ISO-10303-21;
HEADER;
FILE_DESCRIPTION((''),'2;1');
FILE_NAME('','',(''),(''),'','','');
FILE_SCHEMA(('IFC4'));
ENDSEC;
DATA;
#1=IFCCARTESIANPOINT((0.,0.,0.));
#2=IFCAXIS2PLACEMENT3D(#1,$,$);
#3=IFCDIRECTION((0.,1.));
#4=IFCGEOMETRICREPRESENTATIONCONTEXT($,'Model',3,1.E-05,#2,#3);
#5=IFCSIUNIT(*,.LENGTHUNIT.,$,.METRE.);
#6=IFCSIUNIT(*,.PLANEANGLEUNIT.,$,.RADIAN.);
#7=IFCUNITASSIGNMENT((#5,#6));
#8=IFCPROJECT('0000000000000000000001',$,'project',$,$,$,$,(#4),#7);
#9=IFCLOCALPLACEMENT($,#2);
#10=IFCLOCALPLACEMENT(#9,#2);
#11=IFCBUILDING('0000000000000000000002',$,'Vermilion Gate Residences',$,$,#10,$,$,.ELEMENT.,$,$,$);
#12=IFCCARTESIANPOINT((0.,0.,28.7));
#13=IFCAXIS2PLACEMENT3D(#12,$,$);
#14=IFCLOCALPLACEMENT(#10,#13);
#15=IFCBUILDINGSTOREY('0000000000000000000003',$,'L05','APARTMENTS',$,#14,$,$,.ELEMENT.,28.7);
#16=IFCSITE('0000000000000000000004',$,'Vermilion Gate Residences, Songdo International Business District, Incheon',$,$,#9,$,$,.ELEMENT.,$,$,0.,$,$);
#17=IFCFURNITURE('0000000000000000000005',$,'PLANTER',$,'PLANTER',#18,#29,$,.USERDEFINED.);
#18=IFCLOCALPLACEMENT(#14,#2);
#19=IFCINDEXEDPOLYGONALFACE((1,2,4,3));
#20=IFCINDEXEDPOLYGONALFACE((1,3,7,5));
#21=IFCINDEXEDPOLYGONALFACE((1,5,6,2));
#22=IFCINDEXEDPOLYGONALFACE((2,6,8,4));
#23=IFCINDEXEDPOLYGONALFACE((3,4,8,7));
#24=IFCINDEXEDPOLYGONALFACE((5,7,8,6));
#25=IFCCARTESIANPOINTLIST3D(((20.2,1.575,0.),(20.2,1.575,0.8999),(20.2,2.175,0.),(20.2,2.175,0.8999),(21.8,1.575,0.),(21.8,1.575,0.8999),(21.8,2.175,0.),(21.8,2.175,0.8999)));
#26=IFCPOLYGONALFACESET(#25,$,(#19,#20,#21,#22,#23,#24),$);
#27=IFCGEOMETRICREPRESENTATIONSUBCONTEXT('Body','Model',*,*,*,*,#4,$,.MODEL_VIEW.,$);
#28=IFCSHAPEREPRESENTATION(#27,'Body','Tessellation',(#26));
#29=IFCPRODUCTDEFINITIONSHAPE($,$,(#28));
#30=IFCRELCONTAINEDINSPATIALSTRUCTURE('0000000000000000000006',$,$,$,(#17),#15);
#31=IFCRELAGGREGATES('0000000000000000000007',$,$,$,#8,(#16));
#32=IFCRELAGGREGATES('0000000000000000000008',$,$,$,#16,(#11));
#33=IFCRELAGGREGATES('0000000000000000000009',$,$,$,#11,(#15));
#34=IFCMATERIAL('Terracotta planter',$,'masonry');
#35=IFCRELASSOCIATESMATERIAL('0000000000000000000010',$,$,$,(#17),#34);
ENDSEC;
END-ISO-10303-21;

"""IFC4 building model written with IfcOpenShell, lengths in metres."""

from ifc_helpers import new_model, si_unit, direction, frame, origin, origin_2d, place, context, subcontext, project, spatial, rectangle, extrude, material, element, save


model = new_model("IFC4")

# Units and contexts
model_context = context("Model", 3, precision=1e-05, world=origin(), true_north=direction((0.0, 1.0)))
body_context = subcontext(model_context, "Body", "Model", "MODEL_VIEW")
ifc_project = project(units=[si_unit("LENGTHUNIT", "METRE"), si_unit("PLANEANGLEUNIT", "RADIAN")], contexts=[model_context])

# Site, building, storey
site_placement = place(None, origin())
site = spatial("IfcSite", under=ifc_project, at=site_placement, Name="Vermilion Gate Residences, Songdo International Business District, Incheon", CompositionType="ELEMENT", RefElevation=0.0)
building_placement = place(site_placement, origin())
building = spatial("IfcBuilding", under=site, at=building_placement, Name="Vermilion Gate Residences", CompositionType="ELEMENT")
storey_placement = place(building_placement, frame((0.0, 0.0, 28.7)))
storey = spatial("IfcBuildingStorey", under=building, at=storey_placement, Name="L05", Description="APARTMENTS", CompositionType="ELEMENT", Elevation=28.7)

# Furniture
ifc_material_1 = material(Name="Terracotta planter", Category="masonry")
furniture_placement = place(storey_placement, frame((21.0, 1.875, 0.0), z_axis=(0.0, 0.0, 1.0), x_axis=(1.0, 0.0, 0.0)))
element("IfcFurniture", 1, at=furniture_placement, inside=storey, material=ifc_material_1, Name="PLANTER", ObjectType="PLANTER", PredefinedType="USERDEFINED", context=body_context, shape_type="SweptSolid", body=[
    extrude(rectangle(XDim=1.6001, YDim=0.6001, at=origin_2d()), origin(), (0.0, 0.0, 1.0), 0.8999),
])

save(model, "model.ifc")
